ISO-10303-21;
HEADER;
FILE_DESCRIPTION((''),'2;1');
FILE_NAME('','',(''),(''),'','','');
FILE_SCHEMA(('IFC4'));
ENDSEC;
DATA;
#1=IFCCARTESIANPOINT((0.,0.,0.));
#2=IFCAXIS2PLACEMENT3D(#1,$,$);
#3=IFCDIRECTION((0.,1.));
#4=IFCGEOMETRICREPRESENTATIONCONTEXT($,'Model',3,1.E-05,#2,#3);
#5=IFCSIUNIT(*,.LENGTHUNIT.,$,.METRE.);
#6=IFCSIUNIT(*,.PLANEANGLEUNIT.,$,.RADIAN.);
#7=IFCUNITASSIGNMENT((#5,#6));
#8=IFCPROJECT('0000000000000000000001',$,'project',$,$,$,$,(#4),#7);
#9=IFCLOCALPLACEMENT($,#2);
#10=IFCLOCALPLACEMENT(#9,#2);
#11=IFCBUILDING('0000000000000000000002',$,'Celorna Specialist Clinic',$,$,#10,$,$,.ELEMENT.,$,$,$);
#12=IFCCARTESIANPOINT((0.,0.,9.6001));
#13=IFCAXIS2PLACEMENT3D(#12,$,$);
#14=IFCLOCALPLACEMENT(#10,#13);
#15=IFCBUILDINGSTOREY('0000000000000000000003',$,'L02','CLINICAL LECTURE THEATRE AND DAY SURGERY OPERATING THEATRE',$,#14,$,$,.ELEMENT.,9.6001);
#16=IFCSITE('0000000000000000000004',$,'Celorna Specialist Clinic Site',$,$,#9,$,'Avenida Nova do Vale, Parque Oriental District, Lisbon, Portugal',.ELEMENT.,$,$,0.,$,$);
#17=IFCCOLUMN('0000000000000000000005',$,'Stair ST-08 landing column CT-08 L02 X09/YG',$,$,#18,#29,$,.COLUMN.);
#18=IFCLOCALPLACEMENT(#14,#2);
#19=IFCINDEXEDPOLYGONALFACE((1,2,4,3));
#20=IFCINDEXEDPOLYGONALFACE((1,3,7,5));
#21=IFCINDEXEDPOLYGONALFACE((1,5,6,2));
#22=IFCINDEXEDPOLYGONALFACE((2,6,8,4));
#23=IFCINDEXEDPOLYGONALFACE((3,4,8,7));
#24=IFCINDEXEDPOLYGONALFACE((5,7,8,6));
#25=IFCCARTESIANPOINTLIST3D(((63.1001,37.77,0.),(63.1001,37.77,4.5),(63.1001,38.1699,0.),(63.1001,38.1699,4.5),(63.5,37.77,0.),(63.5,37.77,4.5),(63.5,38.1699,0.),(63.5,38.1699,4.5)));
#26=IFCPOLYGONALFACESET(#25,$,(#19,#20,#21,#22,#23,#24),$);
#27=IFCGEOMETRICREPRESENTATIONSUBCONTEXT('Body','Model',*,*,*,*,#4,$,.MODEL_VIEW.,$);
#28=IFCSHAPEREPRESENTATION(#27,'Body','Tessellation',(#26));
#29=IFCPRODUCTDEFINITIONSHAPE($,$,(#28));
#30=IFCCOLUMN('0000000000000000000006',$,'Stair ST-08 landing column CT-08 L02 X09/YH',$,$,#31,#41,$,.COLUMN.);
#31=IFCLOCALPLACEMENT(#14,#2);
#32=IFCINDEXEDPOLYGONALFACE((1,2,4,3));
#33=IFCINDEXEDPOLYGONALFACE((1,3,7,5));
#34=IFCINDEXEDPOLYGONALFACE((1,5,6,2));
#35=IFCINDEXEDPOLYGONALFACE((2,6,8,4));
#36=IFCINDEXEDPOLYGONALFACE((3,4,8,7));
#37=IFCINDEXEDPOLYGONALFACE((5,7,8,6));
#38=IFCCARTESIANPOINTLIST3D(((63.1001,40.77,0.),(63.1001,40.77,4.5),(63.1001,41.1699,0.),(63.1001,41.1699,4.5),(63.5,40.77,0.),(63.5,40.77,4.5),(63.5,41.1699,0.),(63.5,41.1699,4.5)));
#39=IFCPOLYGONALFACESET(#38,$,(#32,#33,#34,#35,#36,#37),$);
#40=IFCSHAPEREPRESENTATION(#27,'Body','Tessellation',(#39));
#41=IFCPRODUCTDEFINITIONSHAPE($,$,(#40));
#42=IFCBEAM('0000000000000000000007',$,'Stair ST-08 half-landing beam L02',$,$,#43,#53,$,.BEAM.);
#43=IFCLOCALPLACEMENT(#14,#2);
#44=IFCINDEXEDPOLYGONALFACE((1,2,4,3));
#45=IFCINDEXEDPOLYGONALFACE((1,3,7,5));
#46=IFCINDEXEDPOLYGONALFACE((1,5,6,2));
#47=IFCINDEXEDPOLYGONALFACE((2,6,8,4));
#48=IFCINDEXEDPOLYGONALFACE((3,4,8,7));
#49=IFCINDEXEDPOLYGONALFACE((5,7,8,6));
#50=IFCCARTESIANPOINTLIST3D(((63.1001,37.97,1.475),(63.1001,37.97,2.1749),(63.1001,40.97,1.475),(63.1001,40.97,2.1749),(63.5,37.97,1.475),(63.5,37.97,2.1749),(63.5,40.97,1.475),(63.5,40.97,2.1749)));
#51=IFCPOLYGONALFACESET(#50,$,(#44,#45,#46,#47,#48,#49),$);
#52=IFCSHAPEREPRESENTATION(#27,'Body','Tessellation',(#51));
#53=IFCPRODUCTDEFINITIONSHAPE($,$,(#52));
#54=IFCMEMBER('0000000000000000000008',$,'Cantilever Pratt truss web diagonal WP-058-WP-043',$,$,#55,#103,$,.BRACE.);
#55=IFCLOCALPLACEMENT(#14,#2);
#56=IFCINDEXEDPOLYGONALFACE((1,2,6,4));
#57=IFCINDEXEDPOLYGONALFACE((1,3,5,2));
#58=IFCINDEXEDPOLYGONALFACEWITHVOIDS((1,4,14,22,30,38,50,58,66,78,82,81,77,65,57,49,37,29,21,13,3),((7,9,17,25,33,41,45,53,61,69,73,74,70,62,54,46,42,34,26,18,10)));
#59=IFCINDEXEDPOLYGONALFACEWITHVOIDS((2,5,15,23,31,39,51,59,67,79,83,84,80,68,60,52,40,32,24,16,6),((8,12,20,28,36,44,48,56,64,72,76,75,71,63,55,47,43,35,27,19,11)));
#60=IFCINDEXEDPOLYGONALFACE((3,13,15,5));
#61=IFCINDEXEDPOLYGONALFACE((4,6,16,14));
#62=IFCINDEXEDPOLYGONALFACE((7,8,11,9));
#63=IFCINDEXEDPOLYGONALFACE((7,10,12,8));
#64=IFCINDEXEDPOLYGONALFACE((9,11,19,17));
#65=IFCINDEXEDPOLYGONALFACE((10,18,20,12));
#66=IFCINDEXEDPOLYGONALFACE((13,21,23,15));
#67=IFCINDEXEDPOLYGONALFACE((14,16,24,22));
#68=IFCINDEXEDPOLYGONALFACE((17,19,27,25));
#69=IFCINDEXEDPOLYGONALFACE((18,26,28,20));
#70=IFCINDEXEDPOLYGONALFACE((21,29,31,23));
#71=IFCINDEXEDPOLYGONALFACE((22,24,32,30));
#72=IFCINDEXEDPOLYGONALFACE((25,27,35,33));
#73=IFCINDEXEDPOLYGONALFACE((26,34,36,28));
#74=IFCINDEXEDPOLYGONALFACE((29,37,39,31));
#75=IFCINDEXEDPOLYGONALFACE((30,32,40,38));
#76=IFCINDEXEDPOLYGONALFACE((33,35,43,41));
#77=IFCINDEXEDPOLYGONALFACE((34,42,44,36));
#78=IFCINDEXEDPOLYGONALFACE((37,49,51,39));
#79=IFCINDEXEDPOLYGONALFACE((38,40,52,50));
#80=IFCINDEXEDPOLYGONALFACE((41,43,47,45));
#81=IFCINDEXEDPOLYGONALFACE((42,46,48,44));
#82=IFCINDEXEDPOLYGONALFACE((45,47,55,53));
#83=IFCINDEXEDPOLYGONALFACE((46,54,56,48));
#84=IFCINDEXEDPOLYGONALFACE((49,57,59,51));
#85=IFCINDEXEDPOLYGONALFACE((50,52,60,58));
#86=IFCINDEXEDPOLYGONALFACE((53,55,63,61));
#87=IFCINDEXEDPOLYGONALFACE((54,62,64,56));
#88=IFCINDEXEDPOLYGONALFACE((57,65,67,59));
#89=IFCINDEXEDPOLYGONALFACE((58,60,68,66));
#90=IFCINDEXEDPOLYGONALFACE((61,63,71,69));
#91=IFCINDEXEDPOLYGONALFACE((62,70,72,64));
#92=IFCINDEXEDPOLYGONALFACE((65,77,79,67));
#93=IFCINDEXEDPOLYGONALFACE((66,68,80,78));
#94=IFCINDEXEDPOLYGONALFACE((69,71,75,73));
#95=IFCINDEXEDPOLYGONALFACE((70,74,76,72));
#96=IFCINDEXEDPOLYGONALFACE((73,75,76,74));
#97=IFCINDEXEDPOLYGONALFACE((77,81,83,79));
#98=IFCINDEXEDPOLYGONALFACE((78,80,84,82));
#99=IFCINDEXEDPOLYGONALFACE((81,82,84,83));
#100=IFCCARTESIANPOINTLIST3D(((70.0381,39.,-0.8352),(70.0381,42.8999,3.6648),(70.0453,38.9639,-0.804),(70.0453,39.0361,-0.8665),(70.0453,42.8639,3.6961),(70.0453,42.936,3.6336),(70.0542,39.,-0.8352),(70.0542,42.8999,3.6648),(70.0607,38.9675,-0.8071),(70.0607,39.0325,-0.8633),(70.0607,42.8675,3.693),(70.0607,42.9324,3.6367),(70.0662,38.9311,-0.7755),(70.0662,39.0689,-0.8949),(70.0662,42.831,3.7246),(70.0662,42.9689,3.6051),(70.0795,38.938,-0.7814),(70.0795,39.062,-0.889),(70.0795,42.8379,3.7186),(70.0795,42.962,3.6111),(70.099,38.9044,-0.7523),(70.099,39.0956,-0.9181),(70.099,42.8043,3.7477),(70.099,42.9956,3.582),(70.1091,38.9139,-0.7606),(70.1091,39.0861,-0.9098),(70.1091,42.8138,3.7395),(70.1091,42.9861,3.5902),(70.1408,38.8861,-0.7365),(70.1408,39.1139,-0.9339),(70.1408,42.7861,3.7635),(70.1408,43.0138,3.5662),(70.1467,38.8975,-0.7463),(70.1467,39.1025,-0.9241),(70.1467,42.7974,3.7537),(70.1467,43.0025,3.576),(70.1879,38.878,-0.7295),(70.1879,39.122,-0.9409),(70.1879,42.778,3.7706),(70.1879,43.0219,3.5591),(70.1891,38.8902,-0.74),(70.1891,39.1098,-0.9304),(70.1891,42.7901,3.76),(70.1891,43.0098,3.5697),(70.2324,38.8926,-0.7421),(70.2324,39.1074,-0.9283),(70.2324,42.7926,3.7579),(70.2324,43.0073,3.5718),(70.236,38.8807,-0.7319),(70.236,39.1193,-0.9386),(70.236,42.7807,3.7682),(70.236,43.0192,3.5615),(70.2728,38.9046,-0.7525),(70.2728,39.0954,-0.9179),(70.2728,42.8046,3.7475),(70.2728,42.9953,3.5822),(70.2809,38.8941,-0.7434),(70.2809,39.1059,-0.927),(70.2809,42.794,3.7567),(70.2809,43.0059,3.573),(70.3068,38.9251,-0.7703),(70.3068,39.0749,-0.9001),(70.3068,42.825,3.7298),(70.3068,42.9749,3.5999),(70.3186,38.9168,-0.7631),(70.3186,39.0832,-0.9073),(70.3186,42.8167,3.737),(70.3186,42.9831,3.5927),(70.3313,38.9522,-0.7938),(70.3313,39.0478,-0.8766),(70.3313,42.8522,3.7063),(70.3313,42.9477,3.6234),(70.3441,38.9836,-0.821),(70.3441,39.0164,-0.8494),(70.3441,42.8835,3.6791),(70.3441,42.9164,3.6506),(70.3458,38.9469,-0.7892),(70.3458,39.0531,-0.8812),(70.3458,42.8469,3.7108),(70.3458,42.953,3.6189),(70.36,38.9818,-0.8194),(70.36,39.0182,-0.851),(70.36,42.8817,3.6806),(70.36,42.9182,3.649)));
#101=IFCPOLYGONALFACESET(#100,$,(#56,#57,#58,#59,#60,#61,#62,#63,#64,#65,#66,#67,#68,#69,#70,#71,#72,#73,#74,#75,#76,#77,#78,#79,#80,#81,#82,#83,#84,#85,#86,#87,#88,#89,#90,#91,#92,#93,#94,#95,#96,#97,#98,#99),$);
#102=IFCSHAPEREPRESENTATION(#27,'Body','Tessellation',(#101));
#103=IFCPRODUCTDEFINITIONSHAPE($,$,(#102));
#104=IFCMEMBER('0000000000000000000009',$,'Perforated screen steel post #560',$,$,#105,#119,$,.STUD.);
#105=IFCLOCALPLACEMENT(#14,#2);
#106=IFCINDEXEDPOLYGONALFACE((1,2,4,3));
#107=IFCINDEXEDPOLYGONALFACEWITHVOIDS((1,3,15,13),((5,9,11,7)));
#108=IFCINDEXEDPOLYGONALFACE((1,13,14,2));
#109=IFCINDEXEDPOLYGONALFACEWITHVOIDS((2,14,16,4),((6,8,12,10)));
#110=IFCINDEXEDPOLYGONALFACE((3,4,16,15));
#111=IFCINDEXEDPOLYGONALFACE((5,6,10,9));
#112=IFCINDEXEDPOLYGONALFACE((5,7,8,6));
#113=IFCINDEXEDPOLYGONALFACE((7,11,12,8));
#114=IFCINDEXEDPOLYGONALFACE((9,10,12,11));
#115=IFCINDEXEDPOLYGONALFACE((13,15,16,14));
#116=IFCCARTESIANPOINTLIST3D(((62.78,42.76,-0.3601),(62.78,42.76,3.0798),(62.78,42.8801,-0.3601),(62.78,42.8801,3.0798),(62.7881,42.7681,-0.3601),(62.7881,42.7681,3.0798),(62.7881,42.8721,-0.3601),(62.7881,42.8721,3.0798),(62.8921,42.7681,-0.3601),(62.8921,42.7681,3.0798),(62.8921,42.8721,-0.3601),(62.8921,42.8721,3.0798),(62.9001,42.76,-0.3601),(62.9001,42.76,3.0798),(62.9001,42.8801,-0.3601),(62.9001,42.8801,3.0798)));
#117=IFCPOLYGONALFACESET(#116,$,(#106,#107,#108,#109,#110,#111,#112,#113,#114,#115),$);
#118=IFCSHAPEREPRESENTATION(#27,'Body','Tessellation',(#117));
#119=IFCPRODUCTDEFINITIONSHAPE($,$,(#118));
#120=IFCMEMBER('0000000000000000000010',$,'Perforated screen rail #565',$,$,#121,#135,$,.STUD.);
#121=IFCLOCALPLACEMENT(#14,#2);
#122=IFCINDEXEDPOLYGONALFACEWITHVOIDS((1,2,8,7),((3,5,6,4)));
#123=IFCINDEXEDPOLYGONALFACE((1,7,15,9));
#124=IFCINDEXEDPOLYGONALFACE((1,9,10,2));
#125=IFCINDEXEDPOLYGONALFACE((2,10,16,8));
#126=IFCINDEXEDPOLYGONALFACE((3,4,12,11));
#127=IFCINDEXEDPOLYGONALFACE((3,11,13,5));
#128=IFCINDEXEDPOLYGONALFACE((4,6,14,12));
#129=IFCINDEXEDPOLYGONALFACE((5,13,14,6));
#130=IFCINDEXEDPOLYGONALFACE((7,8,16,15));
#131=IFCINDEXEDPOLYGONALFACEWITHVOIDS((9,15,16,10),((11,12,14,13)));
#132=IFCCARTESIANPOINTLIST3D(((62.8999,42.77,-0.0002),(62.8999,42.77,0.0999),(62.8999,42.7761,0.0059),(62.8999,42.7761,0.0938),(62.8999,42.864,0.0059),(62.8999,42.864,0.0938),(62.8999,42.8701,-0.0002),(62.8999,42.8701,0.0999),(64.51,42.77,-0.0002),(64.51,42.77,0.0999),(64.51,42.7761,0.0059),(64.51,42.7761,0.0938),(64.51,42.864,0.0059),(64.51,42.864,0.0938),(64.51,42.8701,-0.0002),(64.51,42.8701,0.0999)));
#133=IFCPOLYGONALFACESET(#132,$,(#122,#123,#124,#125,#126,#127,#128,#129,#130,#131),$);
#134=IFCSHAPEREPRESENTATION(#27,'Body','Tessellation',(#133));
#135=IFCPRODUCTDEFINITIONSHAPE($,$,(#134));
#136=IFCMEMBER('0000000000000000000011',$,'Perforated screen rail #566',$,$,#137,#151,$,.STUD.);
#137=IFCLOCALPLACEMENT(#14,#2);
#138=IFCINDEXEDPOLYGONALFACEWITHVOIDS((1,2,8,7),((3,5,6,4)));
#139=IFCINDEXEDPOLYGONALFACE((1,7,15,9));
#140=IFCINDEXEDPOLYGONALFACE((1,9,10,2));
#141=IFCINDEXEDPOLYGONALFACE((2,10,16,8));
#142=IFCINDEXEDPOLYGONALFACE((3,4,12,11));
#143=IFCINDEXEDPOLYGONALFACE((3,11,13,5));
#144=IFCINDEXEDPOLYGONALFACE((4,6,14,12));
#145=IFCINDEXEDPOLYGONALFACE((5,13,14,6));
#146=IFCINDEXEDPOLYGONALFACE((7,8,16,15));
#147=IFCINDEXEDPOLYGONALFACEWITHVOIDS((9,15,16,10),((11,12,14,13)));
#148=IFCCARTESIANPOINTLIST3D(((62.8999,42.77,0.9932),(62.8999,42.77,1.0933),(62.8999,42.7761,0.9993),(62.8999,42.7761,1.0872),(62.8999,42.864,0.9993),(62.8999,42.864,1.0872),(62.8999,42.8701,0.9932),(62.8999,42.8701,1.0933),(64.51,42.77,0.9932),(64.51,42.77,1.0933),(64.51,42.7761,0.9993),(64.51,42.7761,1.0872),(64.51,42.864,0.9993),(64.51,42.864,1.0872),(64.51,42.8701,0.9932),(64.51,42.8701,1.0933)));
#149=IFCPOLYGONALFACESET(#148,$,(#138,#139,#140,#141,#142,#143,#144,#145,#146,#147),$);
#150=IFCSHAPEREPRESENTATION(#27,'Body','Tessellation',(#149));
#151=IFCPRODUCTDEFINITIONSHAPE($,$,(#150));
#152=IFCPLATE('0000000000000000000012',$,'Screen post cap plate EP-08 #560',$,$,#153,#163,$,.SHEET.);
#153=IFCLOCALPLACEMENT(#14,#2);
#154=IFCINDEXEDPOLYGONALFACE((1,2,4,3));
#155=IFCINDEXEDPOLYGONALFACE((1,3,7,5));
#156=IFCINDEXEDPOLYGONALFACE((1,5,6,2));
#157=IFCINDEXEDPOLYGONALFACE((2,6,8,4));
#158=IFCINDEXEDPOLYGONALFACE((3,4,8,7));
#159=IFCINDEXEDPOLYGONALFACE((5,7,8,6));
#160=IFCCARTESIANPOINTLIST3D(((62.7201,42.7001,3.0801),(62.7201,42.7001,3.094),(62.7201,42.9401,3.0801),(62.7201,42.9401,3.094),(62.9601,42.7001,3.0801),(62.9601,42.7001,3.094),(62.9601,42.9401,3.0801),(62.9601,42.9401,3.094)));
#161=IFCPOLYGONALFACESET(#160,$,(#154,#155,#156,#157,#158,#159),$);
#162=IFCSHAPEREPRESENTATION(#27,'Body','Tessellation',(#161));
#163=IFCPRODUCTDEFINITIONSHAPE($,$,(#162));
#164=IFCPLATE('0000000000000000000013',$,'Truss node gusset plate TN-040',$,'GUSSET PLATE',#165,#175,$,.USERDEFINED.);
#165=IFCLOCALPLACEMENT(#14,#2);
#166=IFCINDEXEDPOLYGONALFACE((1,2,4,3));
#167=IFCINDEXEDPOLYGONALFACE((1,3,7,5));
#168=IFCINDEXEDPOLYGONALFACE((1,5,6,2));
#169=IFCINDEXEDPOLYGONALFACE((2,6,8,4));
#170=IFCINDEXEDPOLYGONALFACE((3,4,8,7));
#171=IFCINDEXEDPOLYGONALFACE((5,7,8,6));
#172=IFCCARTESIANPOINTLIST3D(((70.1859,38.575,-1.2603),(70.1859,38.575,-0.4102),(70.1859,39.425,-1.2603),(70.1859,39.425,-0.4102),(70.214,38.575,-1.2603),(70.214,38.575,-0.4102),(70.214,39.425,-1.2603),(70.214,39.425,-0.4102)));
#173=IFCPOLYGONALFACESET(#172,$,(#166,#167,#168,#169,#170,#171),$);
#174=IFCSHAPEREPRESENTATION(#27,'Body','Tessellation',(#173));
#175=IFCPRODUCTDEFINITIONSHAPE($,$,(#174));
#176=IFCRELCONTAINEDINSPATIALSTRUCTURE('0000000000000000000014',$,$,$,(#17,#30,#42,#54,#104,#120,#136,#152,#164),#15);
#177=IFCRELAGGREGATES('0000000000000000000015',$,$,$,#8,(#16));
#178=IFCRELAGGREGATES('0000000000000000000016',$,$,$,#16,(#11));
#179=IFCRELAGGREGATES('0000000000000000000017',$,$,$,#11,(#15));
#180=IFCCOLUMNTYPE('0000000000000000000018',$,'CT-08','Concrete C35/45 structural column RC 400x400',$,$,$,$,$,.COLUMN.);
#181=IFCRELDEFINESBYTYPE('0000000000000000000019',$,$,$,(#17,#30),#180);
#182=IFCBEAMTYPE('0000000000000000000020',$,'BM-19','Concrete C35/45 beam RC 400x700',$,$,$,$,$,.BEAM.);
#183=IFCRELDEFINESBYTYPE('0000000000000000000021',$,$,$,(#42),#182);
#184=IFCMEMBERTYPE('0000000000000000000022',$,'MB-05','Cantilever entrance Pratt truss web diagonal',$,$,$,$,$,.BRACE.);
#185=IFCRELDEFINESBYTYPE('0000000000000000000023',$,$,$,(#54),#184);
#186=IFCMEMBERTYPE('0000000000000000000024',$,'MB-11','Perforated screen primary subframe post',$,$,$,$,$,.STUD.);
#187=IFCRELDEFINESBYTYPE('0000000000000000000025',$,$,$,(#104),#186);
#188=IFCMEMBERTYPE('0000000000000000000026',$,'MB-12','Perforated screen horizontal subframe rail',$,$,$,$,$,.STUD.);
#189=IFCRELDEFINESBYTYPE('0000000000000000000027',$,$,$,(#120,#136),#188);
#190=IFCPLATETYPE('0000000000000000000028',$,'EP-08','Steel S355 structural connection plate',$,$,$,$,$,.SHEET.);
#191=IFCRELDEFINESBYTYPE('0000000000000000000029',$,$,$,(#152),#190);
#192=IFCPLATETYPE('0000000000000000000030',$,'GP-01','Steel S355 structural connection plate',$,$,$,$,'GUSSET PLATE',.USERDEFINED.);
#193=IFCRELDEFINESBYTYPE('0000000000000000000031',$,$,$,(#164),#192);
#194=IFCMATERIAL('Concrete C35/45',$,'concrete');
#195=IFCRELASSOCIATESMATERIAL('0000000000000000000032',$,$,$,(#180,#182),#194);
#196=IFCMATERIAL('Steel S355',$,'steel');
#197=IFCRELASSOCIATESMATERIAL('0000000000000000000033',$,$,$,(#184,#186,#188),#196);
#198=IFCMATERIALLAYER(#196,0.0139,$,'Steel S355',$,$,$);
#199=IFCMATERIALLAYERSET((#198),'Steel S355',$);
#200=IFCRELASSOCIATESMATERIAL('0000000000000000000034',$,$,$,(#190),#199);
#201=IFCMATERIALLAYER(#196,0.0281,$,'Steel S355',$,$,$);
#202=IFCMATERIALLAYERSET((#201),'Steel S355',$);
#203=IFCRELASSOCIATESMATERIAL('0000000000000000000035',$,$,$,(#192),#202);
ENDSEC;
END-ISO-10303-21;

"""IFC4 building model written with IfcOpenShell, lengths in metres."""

from ifc_helpers import new_model, si_unit, direction, frame, origin, origin_2d, place, context, subcontext, project, spatial, rectangle, hollow_rectangle, hollow_circle, extrude, material, layer, layer_set, material_profile, profile_set, type_object, element, save


model = new_model("IFC4")

# Units and contexts
model_context = context("Model", 3, precision=1e-05, world=origin(), true_north=direction((0.0, 1.0)))
body_context = subcontext(model_context, "Body", "Model", "MODEL_VIEW")
ifc_project = project(units=[si_unit("LENGTHUNIT", "METRE"), si_unit("PLANEANGLEUNIT", "RADIAN")], contexts=[model_context])

# Site, building, storey
site_placement = place(None, origin())
site = spatial("IfcSite", under=ifc_project, at=site_placement, Name="Celorna Specialist Clinic Site", LongName="Avenida Nova do Vale, Parque Oriental District, Lisbon, Portugal", CompositionType="ELEMENT", RefElevation=0.0)
building_placement = place(site_placement, origin())
building = spatial("IfcBuilding", under=site, at=building_placement, Name="Celorna Specialist Clinic", CompositionType="ELEMENT")
storey_placement = place(building_placement, frame((0.0, 0.0, 9.6001)))
storey = spatial("IfcBuildingStorey", under=building, at=storey_placement, Name="L02", Description="CLINICAL LECTURE THEATRE AND DAY SURGERY OPERATING THEATRE", CompositionType="ELEMENT", Elevation=9.6001)

# Columns
ifc_material_1 = material(Name="Concrete C35/45", Category="concrete")
ifc_material_profile_1 = material_profile(ifc_material_1, rectangle(XDim=0.3999, YDim=0.3999, at=origin_2d()), Name="RC 400x400")
ifc_profile_set_1 = profile_set([ifc_material_profile_1], Name="Concrete C35/45")
column_type = type_object("IfcColumnType", Name="CT-08", Description="Concrete C35/45 structural column RC 400x400", PredefinedType="COLUMN", material=ifc_profile_set_1)
for number, where, z_axis, x_axis, name in (
    (1, (63.3, 37.97, 0.0), (0.0, 0.0, 1.0), (1.0, 0.0, 0.0), "Stair ST-08 landing column CT-08 L02 X09/YG"),
    (2, (63.3, 40.97, 0.0), (0.0, 0.0, 1.0), (1.0, 0.0, 0.0), "Stair ST-08 landing column CT-08 L02 X09/YH"),
):
    element("IfcColumn", number, at=place(storey_placement, frame(where, z_axis=z_axis, x_axis=x_axis)), inside=storey, type_object=column_type, Name=name, PredefinedType="COLUMN", context=body_context, shape_type="SweptSolid", body=[
        extrude(rectangle(XDim=0.3999, YDim=0.3999, at=origin_2d()), origin(), (0.0, 0.0, 1.0), 4.5),
    ])

# Beam
ifc_material_profile_2 = material_profile(ifc_material_1, rectangle(XDim=0.3999, YDim=0.7, at=origin_2d()), Name="RC 400x700")
ifc_profile_set_2 = profile_set([ifc_material_profile_2], Name="Concrete C35/45")
beam_type = type_object("IfcBeamType", Name="BM-19", Description="Concrete C35/45 beam RC 400x700", PredefinedType="BEAM", material=ifc_profile_set_2)
beam_placement = place(storey_placement, frame((63.3, 37.97, 1.825), z_axis=(0.0, 1.0, 0.0), x_axis=(-1.0, 0.0, 0.0)))
element("IfcBeam", 3, at=beam_placement, inside=storey, type_object=beam_type, Name="Stair ST-08 half-landing beam L02", PredefinedType="BEAM", context=body_context, shape_type="SweptSolid", body=[
    extrude(rectangle(XDim=0.3999, YDim=0.7, at=origin_2d()), origin(), (0.0, 0.0, 1.0), 3.0),
])

# Members
ifc_material_2 = material(Name="Steel S355", Category="steel")
ifc_material_profile_3 = material_profile(ifc_material_2, hollow_circle(Radius=0.1619, WallThickness=0.0161, at=origin_2d()), Name="CHS 323.9x16")
ifc_profile_set_3 = profile_set([ifc_material_profile_3], Name="Steel S355")
member_type_1 = type_object("IfcMemberType", Name="MB-05", Description="Cantilever entrance Pratt truss web diagonal", PredefinedType="BRACE", material=ifc_profile_set_3)
member_1_placement = place(storey_placement, frame((70.2, 39.0, -0.8352), z_axis=(0.0, 0.654921, 0.755697), x_axis=(-1.0, 0.0, 0.0)))
element("IfcMember", 4, at=member_1_placement, inside=storey, type_object=member_type_1, Name="Cantilever Pratt truss web diagonal WP-058-WP-043", PredefinedType="BRACE", context=body_context, shape_type="SweptSolid", body=[
    extrude(hollow_circle(Radius=0.1619, WallThickness=0.0161, at=origin_2d()), origin(), (0.0, 0.0, 1.0), 5.9548),
])
ifc_material_profile_4 = material_profile(ifc_material_2, hollow_rectangle(XDim=0.1201, YDim=0.1201, WallThickness=0.0081, at=origin_2d()), Name="SHS 120x120x8")
ifc_profile_set_4 = profile_set([ifc_material_profile_4], Name="Steel S355")
member_type_2 = type_object("IfcMemberType", Name="MB-11", Description="Perforated screen primary subframe post", PredefinedType="STUD", material=ifc_profile_set_4)
member_2_placement = place(storey_placement, frame((62.8401, 42.8201, -0.3601), z_axis=(0.0, 0.0, 1.0), x_axis=(1.0, 0.0, 0.0)))
element("IfcMember", 5, at=member_2_placement, inside=storey, type_object=member_type_2, Name="Perforated screen steel post #560", PredefinedType="STUD", context=body_context, shape_type="SweptSolid", body=[
    extrude(hollow_rectangle(XDim=0.1201, YDim=0.1201, WallThickness=0.0081, at=origin_2d()), origin(), (0.0, 0.0, 1.0), 3.4399),
])
ifc_material_profile_5 = material_profile(ifc_material_2, hollow_rectangle(XDim=0.1001, YDim=0.1001, WallThickness=0.0061, at=origin_2d()), Name="SHS 100x100x6")
ifc_profile_set_5 = profile_set([ifc_material_profile_5], Name="Steel S355")
member_type_3 = type_object("IfcMemberType", Name="MB-12", Description="Perforated screen horizontal subframe rail", PredefinedType="STUD", material=ifc_profile_set_5)
for number, where, z_axis, x_axis, name in (
    (6, (62.8999, 42.8201, 0.0498), (1.0, 0.0, 0.0), (0.0, 1.0, 0.0), "Perforated screen rail #565"),
    (7, (62.8999, 42.8201, 1.0432), (1.0, 0.0, 0.0), (0.0, 1.0, 0.0), "Perforated screen rail #566"),
):
    element("IfcMember", number, at=place(storey_placement, frame(where, z_axis=z_axis, x_axis=x_axis)), inside=storey, type_object=member_type_3, Name=name, PredefinedType="STUD", context=body_context, shape_type="SweptSolid", body=[
        extrude(hollow_rectangle(XDim=0.1001, YDim=0.1001, WallThickness=0.0061, at=origin_2d()), origin(), (0.0, 0.0, 1.0), 1.6101),
    ])

# Plates
ifc_layer_1 = layer(ifc_material_2, 0.0139, Name="Steel S355")
ifc_layer_set_1 = layer_set([ifc_layer_1], Name="Steel S355")
plate_type_1 = type_object("IfcPlateType", Name="EP-08", Description="Steel S355 structural connection plate", PredefinedType="SHEET", material=ifc_layer_set_1)
plate_1_placement = place(storey_placement, frame((62.8401, 42.8201, 3.0801), z_axis=(0.0, 0.0, 1.0), x_axis=(1.0, 0.0, 0.0)))
element("IfcPlate", 8, at=plate_1_placement, inside=storey, type_object=plate_type_1, Name="Screen post cap plate EP-08 #560", PredefinedType="SHEET", context=body_context, shape_type="SweptSolid", body=[
    extrude(rectangle(XDim=0.24, YDim=0.24, at=origin_2d()), origin(), (0.0, 0.0, 1.0), 0.0139),
])
ifc_layer_2 = layer(ifc_material_2, 0.0281, Name="Steel S355")
ifc_layer_set_2 = layer_set([ifc_layer_2], Name="Steel S355")
plate_type_2 = type_object("IfcPlateType", Name="GP-01", Description="Steel S355 structural connection plate", ElementType="GUSSET PLATE", PredefinedType="USERDEFINED", material=ifc_layer_set_2)
plate_2_placement = place(storey_placement, frame((70.2, 39.0, -1.2603), z_axis=(0.0, 0.0, 1.0), x_axis=(0.0, 1.0, 0.0)))
element("IfcPlate", 9, at=plate_2_placement, inside=storey, type_object=plate_type_2, Name="Truss node gusset plate TN-040", ObjectType="GUSSET PLATE", PredefinedType="USERDEFINED", context=body_context, shape_type="SweptSolid", body=[
    extrude(rectangle(XDim=0.8501, YDim=0.0281, at=origin_2d()), origin(), (0.0, 0.0, 1.0), 0.8501),
])

save(model, "model.ifc")
